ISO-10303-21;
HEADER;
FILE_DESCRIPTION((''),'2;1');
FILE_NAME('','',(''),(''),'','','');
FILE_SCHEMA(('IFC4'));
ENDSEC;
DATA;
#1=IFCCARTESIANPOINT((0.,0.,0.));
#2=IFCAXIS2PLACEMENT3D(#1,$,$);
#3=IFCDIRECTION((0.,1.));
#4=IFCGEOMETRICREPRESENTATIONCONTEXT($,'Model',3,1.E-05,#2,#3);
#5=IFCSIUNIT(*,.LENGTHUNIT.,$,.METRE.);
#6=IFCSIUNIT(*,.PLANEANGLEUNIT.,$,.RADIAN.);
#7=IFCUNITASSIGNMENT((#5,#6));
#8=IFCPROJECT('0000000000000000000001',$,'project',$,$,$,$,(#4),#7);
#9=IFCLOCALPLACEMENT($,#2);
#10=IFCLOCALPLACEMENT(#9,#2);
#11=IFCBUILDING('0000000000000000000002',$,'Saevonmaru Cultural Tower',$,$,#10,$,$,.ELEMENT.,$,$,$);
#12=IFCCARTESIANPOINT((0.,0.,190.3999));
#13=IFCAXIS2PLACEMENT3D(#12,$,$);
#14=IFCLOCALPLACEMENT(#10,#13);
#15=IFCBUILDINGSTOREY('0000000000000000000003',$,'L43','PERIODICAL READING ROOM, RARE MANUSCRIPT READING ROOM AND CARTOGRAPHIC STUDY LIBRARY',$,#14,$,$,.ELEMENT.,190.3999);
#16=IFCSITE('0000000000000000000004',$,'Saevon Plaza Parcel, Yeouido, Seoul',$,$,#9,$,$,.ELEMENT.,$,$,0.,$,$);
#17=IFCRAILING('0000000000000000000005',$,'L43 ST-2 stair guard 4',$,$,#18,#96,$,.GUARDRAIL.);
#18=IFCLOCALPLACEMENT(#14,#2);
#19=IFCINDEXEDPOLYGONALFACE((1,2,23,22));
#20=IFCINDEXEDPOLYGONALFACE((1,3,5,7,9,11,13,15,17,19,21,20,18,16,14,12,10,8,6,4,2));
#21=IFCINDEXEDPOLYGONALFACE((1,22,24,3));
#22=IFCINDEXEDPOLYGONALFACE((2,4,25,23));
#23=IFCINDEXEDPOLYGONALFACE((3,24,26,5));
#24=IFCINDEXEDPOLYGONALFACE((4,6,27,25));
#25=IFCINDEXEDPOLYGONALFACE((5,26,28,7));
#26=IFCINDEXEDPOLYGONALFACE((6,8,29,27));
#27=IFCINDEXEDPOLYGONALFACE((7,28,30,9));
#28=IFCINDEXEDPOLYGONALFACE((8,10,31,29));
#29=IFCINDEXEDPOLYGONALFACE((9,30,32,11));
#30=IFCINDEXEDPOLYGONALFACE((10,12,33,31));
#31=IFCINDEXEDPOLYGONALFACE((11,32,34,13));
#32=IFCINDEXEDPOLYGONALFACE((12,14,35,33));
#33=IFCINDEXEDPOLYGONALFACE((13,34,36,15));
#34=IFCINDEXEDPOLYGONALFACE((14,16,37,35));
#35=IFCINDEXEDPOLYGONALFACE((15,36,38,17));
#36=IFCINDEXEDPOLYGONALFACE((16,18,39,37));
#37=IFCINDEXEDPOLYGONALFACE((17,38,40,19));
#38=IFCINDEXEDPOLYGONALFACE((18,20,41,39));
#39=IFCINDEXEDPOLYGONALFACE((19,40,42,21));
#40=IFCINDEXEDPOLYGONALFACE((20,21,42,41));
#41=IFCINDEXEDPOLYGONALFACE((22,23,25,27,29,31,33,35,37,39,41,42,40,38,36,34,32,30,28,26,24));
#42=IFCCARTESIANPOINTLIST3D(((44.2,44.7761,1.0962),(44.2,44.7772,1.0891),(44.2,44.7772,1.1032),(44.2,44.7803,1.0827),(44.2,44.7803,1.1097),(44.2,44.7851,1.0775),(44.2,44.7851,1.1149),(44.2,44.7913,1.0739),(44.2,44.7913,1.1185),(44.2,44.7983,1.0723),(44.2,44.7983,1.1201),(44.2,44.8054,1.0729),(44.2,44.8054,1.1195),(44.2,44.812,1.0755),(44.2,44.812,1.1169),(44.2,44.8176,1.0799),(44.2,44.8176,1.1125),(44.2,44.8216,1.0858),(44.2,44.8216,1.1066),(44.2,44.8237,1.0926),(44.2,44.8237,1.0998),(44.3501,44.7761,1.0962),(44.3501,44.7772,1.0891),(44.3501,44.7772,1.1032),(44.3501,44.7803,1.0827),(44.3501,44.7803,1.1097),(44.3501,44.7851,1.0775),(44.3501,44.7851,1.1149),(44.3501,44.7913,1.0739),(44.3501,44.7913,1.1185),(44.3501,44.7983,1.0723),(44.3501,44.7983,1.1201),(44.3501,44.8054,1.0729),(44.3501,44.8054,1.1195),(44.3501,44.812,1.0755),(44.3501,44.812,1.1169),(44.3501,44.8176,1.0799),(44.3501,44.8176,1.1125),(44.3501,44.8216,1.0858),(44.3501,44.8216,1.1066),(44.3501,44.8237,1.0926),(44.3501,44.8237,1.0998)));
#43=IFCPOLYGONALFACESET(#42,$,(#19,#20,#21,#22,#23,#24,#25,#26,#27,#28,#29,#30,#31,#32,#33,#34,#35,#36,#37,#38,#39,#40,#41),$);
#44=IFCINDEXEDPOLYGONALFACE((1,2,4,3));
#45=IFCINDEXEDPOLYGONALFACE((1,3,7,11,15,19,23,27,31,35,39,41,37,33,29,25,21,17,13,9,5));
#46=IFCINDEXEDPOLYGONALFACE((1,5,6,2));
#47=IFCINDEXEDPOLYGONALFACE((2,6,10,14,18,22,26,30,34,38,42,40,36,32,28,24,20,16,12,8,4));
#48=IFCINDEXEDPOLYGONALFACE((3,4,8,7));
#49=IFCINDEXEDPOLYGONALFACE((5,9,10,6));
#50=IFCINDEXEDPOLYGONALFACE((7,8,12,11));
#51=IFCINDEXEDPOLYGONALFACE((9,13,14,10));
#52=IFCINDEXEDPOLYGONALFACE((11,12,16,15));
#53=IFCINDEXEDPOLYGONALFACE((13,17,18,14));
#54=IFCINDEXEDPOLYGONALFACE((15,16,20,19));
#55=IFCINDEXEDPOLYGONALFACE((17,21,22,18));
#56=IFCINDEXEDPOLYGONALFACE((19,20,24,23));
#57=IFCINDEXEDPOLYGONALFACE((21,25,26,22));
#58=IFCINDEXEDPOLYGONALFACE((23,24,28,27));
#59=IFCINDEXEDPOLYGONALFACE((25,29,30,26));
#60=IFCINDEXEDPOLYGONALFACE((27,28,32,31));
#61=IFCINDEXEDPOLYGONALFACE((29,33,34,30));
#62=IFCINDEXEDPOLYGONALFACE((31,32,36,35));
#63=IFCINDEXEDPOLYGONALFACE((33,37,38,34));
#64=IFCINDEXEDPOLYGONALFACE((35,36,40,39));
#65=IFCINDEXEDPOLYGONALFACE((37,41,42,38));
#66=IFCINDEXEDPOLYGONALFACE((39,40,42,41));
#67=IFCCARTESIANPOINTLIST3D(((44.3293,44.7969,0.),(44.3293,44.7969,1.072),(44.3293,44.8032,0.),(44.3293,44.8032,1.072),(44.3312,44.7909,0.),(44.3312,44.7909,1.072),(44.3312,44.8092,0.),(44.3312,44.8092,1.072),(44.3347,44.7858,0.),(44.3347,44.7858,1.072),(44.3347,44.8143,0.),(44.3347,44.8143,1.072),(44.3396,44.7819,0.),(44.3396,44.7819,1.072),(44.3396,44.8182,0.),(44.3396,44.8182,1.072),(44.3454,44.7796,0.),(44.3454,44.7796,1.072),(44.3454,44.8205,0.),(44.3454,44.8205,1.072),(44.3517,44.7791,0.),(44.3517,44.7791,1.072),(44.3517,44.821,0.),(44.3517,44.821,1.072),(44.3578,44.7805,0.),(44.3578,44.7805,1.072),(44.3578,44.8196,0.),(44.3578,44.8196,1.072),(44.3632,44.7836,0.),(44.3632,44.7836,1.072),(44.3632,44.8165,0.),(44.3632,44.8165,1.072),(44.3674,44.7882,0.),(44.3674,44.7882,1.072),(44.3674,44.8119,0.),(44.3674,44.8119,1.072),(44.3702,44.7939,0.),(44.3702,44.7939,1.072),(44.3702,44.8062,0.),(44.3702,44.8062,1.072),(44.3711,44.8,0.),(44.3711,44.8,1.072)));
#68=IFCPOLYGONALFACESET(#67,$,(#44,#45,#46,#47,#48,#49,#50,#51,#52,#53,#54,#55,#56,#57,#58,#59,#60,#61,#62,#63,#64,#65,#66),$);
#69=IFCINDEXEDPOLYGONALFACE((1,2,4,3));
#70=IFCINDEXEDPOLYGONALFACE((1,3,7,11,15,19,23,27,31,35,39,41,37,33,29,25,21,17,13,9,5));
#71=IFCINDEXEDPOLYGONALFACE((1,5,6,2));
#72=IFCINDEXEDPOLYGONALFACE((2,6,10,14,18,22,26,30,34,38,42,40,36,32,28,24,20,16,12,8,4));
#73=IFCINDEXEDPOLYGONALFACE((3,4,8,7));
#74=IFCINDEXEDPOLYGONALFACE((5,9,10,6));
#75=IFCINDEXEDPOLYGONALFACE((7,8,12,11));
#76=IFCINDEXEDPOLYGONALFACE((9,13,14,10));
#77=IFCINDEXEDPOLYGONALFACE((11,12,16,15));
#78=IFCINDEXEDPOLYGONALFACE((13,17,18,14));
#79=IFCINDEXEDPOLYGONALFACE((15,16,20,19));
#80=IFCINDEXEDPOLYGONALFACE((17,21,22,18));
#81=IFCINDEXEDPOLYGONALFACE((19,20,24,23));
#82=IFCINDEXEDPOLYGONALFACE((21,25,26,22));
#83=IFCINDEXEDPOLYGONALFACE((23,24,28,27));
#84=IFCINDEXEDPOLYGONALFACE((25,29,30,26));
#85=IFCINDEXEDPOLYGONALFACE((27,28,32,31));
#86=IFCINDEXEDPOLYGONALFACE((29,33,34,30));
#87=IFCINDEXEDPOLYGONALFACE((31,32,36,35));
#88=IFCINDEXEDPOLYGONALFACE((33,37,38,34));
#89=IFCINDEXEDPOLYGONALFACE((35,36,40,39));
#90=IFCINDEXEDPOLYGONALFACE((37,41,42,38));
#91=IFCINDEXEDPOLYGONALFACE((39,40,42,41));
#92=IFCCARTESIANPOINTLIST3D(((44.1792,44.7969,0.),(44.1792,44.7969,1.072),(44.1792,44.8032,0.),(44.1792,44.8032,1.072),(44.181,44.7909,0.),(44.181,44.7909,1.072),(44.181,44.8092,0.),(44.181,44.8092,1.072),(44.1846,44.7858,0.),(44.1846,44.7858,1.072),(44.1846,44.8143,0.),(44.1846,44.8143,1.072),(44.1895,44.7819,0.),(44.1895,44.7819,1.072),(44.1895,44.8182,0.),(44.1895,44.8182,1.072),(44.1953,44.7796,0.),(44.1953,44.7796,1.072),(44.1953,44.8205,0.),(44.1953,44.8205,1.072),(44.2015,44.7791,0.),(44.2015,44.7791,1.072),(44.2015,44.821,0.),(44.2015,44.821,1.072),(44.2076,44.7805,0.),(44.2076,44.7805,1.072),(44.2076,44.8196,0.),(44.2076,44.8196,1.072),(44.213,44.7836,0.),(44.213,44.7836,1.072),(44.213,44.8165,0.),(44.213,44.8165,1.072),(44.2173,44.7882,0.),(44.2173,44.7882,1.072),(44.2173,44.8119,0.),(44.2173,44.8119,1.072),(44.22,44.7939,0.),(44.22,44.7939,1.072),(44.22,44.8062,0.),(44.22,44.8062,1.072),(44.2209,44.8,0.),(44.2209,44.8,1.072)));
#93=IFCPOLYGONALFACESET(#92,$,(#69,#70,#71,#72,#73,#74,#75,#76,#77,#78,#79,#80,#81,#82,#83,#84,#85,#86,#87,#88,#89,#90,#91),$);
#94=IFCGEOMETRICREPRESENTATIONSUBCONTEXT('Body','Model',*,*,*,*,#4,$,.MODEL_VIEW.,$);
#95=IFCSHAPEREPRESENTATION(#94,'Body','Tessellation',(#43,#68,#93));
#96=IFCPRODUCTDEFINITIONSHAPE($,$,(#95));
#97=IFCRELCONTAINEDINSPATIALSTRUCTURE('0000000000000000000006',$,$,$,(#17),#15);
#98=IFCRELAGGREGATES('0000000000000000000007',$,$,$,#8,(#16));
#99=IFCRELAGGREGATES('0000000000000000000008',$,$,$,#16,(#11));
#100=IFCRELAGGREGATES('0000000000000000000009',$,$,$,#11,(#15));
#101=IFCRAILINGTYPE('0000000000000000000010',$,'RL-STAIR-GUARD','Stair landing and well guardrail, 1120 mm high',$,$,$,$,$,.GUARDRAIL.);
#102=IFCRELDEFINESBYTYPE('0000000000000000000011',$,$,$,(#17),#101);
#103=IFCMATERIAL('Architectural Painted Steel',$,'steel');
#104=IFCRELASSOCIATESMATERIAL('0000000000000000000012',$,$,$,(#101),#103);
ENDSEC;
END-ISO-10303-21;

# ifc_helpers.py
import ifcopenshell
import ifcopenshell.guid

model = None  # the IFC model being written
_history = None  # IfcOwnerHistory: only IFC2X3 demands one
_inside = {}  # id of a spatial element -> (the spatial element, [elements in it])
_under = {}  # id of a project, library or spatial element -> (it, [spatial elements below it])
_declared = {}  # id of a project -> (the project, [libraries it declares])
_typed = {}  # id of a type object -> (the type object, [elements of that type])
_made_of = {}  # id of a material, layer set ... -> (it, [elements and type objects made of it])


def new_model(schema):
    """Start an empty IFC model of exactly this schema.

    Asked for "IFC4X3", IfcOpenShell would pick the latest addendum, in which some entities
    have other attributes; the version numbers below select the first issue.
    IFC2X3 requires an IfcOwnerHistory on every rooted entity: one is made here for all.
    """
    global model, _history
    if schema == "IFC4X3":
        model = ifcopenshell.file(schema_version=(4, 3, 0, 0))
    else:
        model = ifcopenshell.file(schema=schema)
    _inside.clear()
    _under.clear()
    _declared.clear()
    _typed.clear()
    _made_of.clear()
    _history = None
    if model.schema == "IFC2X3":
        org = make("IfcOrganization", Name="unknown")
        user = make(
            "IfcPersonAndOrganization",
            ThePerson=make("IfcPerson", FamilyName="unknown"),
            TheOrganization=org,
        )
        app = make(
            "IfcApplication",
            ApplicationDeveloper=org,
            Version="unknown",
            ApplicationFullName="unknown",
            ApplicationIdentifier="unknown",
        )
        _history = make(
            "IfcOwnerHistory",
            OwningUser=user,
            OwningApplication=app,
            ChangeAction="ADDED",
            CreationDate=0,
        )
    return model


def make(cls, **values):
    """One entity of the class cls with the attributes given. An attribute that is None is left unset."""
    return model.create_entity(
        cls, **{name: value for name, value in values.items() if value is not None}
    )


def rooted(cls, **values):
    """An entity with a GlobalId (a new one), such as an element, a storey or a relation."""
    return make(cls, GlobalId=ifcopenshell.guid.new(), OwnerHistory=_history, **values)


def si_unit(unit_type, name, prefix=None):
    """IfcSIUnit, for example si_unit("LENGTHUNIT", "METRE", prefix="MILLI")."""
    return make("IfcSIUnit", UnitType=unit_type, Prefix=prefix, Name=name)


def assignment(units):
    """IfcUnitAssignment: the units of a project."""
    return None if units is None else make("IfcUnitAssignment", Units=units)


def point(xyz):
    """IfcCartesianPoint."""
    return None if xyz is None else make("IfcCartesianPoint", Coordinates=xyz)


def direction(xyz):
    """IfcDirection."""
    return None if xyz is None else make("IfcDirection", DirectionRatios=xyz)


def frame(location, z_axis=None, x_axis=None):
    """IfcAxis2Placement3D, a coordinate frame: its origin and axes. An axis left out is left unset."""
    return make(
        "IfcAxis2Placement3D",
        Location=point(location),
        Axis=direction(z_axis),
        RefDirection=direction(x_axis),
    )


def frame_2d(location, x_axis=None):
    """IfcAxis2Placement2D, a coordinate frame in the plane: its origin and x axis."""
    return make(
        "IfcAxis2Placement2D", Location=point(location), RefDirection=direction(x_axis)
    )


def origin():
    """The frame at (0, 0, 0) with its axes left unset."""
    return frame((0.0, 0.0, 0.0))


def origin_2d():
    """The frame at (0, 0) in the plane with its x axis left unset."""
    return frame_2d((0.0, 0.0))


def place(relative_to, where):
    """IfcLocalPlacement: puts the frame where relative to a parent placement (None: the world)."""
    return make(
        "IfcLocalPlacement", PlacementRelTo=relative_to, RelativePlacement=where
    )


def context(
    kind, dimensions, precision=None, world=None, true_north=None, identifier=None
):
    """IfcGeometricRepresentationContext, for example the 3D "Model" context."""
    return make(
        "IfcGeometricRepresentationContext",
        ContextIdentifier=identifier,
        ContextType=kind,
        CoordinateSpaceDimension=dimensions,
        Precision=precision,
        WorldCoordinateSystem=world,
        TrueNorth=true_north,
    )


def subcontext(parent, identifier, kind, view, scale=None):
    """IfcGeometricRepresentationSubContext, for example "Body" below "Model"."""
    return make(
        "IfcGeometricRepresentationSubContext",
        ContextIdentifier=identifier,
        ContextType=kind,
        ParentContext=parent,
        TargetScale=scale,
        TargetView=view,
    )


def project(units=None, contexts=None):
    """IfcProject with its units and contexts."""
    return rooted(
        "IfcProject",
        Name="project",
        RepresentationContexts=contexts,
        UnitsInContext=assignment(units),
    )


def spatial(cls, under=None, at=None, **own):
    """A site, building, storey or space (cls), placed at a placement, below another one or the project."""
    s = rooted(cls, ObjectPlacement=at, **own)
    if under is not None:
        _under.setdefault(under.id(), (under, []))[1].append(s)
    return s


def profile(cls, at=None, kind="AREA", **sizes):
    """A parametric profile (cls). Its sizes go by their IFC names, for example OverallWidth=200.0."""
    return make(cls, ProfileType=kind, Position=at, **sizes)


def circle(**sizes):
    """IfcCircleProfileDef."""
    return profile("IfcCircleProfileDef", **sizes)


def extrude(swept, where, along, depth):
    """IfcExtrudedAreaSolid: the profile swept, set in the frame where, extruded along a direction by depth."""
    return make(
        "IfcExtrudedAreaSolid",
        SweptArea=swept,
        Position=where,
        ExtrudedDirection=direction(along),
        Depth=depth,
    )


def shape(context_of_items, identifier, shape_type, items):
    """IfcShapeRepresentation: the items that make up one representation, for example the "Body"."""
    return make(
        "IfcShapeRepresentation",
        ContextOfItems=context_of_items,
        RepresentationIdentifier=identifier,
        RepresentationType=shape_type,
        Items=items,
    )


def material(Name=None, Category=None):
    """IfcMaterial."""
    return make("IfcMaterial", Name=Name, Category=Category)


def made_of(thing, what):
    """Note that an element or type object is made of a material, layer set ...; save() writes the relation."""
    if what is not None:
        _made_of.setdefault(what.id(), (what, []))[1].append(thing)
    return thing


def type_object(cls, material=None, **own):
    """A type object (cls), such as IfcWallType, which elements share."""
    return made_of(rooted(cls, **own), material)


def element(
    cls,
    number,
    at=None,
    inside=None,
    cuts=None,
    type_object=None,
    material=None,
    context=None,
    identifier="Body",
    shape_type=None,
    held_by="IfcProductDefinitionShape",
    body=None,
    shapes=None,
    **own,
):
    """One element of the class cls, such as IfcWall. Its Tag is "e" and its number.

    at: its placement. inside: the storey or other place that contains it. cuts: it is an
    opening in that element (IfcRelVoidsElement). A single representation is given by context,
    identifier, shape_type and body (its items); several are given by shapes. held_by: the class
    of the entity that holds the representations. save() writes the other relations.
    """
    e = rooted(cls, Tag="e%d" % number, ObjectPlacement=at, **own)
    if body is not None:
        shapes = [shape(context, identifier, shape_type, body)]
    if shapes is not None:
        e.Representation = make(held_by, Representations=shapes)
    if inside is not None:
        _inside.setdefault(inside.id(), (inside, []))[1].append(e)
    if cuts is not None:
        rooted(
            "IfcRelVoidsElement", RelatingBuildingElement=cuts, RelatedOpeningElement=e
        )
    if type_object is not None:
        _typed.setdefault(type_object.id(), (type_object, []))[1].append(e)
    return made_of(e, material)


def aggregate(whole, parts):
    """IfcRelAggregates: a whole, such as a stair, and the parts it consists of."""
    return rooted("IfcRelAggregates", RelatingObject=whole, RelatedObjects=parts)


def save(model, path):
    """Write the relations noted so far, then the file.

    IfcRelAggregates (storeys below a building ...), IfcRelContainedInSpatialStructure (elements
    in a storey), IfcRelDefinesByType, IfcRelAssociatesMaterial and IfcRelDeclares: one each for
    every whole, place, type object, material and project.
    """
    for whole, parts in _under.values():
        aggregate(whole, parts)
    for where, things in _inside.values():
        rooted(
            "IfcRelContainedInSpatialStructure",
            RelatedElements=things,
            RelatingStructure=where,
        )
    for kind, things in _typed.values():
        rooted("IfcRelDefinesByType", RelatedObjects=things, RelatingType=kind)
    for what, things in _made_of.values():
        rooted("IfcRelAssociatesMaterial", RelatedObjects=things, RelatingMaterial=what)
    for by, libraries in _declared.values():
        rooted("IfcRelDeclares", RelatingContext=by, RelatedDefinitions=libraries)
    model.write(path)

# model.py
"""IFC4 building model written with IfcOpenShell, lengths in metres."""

from ifc_helpers import new_model, si_unit, direction, frame, origin, origin_2d, place, context, subcontext, project, spatial, circle, extrude, material, type_object, element, save


model = new_model("IFC4")

# Units and contexts
model_context = context("Model", 3, precision=1e-05, world=origin(), true_north=direction((0.0, 1.0)))
body_context = subcontext(model_context, "Body", "Model", "MODEL_VIEW")
ifc_project = project(units=[si_unit("LENGTHUNIT", "METRE"), si_unit("PLANEANGLEUNIT", "RADIAN")], contexts=[model_context])

# Site, building, storey
site_placement = place(None, origin())
site = spatial("IfcSite", under=ifc_project, at=site_placement, Name="Saevon Plaza Parcel, Yeouido, Seoul", CompositionType="ELEMENT", RefElevation=0.0)
building_placement = place(site_placement, origin())
building = spatial("IfcBuilding", under=site, at=building_placement, Name="Saevonmaru Cultural Tower", CompositionType="ELEMENT")
storey_placement = place(building_placement, frame((0.0, 0.0, 190.3999)))
storey = spatial("IfcBuildingStorey", under=building, at=storey_placement, Name="L43", Description="PERIODICAL READING ROOM, RARE MANUSCRIPT READING ROOM AND CARTOGRAPHIC STUDY LIBRARY", CompositionType="ELEMENT", Elevation=190.3999)

# Railing
ifc_material_1 = material(Name="Architectural Painted Steel", Category="steel")
railing_type_1 = type_object("IfcRailingType", Name="RL-STAIR-GUARD", Description="Stair landing and well guardrail, 1120 mm high", PredefinedType="GUARDRAIL", material=ifc_material_1)
railing_1_placement = place(storey_placement, frame((44.3501, 44.8, 0.0)))
element("IfcRailing", 1, at=railing_1_placement, inside=storey, type_object=railing_type_1, Name="L43 ST-2 stair guard 4", PredefinedType="GUARDRAIL", context=body_context, shape_type="SweptSolid", body=[
    extrude(circle(Radius=0.0239, at=origin_2d()), frame((0.0, 0.0, 1.0962), z_axis=(-1.0, 0.0, 0.0), x_axis=(0.0, -1.0, 0.0)), (0.0, 0.0, 1.0), 0.1501),
    extrude(circle(Radius=0.021, at=origin_2d()), origin(), (0.0, 0.0, 1.0), 1.072),
    extrude(circle(Radius=0.021, at=origin_2d()), frame((-0.1501, 0.0, 0.0)), (0.0, 0.0, 1.0), 1.072),
])

save(model, "model.ifc")
